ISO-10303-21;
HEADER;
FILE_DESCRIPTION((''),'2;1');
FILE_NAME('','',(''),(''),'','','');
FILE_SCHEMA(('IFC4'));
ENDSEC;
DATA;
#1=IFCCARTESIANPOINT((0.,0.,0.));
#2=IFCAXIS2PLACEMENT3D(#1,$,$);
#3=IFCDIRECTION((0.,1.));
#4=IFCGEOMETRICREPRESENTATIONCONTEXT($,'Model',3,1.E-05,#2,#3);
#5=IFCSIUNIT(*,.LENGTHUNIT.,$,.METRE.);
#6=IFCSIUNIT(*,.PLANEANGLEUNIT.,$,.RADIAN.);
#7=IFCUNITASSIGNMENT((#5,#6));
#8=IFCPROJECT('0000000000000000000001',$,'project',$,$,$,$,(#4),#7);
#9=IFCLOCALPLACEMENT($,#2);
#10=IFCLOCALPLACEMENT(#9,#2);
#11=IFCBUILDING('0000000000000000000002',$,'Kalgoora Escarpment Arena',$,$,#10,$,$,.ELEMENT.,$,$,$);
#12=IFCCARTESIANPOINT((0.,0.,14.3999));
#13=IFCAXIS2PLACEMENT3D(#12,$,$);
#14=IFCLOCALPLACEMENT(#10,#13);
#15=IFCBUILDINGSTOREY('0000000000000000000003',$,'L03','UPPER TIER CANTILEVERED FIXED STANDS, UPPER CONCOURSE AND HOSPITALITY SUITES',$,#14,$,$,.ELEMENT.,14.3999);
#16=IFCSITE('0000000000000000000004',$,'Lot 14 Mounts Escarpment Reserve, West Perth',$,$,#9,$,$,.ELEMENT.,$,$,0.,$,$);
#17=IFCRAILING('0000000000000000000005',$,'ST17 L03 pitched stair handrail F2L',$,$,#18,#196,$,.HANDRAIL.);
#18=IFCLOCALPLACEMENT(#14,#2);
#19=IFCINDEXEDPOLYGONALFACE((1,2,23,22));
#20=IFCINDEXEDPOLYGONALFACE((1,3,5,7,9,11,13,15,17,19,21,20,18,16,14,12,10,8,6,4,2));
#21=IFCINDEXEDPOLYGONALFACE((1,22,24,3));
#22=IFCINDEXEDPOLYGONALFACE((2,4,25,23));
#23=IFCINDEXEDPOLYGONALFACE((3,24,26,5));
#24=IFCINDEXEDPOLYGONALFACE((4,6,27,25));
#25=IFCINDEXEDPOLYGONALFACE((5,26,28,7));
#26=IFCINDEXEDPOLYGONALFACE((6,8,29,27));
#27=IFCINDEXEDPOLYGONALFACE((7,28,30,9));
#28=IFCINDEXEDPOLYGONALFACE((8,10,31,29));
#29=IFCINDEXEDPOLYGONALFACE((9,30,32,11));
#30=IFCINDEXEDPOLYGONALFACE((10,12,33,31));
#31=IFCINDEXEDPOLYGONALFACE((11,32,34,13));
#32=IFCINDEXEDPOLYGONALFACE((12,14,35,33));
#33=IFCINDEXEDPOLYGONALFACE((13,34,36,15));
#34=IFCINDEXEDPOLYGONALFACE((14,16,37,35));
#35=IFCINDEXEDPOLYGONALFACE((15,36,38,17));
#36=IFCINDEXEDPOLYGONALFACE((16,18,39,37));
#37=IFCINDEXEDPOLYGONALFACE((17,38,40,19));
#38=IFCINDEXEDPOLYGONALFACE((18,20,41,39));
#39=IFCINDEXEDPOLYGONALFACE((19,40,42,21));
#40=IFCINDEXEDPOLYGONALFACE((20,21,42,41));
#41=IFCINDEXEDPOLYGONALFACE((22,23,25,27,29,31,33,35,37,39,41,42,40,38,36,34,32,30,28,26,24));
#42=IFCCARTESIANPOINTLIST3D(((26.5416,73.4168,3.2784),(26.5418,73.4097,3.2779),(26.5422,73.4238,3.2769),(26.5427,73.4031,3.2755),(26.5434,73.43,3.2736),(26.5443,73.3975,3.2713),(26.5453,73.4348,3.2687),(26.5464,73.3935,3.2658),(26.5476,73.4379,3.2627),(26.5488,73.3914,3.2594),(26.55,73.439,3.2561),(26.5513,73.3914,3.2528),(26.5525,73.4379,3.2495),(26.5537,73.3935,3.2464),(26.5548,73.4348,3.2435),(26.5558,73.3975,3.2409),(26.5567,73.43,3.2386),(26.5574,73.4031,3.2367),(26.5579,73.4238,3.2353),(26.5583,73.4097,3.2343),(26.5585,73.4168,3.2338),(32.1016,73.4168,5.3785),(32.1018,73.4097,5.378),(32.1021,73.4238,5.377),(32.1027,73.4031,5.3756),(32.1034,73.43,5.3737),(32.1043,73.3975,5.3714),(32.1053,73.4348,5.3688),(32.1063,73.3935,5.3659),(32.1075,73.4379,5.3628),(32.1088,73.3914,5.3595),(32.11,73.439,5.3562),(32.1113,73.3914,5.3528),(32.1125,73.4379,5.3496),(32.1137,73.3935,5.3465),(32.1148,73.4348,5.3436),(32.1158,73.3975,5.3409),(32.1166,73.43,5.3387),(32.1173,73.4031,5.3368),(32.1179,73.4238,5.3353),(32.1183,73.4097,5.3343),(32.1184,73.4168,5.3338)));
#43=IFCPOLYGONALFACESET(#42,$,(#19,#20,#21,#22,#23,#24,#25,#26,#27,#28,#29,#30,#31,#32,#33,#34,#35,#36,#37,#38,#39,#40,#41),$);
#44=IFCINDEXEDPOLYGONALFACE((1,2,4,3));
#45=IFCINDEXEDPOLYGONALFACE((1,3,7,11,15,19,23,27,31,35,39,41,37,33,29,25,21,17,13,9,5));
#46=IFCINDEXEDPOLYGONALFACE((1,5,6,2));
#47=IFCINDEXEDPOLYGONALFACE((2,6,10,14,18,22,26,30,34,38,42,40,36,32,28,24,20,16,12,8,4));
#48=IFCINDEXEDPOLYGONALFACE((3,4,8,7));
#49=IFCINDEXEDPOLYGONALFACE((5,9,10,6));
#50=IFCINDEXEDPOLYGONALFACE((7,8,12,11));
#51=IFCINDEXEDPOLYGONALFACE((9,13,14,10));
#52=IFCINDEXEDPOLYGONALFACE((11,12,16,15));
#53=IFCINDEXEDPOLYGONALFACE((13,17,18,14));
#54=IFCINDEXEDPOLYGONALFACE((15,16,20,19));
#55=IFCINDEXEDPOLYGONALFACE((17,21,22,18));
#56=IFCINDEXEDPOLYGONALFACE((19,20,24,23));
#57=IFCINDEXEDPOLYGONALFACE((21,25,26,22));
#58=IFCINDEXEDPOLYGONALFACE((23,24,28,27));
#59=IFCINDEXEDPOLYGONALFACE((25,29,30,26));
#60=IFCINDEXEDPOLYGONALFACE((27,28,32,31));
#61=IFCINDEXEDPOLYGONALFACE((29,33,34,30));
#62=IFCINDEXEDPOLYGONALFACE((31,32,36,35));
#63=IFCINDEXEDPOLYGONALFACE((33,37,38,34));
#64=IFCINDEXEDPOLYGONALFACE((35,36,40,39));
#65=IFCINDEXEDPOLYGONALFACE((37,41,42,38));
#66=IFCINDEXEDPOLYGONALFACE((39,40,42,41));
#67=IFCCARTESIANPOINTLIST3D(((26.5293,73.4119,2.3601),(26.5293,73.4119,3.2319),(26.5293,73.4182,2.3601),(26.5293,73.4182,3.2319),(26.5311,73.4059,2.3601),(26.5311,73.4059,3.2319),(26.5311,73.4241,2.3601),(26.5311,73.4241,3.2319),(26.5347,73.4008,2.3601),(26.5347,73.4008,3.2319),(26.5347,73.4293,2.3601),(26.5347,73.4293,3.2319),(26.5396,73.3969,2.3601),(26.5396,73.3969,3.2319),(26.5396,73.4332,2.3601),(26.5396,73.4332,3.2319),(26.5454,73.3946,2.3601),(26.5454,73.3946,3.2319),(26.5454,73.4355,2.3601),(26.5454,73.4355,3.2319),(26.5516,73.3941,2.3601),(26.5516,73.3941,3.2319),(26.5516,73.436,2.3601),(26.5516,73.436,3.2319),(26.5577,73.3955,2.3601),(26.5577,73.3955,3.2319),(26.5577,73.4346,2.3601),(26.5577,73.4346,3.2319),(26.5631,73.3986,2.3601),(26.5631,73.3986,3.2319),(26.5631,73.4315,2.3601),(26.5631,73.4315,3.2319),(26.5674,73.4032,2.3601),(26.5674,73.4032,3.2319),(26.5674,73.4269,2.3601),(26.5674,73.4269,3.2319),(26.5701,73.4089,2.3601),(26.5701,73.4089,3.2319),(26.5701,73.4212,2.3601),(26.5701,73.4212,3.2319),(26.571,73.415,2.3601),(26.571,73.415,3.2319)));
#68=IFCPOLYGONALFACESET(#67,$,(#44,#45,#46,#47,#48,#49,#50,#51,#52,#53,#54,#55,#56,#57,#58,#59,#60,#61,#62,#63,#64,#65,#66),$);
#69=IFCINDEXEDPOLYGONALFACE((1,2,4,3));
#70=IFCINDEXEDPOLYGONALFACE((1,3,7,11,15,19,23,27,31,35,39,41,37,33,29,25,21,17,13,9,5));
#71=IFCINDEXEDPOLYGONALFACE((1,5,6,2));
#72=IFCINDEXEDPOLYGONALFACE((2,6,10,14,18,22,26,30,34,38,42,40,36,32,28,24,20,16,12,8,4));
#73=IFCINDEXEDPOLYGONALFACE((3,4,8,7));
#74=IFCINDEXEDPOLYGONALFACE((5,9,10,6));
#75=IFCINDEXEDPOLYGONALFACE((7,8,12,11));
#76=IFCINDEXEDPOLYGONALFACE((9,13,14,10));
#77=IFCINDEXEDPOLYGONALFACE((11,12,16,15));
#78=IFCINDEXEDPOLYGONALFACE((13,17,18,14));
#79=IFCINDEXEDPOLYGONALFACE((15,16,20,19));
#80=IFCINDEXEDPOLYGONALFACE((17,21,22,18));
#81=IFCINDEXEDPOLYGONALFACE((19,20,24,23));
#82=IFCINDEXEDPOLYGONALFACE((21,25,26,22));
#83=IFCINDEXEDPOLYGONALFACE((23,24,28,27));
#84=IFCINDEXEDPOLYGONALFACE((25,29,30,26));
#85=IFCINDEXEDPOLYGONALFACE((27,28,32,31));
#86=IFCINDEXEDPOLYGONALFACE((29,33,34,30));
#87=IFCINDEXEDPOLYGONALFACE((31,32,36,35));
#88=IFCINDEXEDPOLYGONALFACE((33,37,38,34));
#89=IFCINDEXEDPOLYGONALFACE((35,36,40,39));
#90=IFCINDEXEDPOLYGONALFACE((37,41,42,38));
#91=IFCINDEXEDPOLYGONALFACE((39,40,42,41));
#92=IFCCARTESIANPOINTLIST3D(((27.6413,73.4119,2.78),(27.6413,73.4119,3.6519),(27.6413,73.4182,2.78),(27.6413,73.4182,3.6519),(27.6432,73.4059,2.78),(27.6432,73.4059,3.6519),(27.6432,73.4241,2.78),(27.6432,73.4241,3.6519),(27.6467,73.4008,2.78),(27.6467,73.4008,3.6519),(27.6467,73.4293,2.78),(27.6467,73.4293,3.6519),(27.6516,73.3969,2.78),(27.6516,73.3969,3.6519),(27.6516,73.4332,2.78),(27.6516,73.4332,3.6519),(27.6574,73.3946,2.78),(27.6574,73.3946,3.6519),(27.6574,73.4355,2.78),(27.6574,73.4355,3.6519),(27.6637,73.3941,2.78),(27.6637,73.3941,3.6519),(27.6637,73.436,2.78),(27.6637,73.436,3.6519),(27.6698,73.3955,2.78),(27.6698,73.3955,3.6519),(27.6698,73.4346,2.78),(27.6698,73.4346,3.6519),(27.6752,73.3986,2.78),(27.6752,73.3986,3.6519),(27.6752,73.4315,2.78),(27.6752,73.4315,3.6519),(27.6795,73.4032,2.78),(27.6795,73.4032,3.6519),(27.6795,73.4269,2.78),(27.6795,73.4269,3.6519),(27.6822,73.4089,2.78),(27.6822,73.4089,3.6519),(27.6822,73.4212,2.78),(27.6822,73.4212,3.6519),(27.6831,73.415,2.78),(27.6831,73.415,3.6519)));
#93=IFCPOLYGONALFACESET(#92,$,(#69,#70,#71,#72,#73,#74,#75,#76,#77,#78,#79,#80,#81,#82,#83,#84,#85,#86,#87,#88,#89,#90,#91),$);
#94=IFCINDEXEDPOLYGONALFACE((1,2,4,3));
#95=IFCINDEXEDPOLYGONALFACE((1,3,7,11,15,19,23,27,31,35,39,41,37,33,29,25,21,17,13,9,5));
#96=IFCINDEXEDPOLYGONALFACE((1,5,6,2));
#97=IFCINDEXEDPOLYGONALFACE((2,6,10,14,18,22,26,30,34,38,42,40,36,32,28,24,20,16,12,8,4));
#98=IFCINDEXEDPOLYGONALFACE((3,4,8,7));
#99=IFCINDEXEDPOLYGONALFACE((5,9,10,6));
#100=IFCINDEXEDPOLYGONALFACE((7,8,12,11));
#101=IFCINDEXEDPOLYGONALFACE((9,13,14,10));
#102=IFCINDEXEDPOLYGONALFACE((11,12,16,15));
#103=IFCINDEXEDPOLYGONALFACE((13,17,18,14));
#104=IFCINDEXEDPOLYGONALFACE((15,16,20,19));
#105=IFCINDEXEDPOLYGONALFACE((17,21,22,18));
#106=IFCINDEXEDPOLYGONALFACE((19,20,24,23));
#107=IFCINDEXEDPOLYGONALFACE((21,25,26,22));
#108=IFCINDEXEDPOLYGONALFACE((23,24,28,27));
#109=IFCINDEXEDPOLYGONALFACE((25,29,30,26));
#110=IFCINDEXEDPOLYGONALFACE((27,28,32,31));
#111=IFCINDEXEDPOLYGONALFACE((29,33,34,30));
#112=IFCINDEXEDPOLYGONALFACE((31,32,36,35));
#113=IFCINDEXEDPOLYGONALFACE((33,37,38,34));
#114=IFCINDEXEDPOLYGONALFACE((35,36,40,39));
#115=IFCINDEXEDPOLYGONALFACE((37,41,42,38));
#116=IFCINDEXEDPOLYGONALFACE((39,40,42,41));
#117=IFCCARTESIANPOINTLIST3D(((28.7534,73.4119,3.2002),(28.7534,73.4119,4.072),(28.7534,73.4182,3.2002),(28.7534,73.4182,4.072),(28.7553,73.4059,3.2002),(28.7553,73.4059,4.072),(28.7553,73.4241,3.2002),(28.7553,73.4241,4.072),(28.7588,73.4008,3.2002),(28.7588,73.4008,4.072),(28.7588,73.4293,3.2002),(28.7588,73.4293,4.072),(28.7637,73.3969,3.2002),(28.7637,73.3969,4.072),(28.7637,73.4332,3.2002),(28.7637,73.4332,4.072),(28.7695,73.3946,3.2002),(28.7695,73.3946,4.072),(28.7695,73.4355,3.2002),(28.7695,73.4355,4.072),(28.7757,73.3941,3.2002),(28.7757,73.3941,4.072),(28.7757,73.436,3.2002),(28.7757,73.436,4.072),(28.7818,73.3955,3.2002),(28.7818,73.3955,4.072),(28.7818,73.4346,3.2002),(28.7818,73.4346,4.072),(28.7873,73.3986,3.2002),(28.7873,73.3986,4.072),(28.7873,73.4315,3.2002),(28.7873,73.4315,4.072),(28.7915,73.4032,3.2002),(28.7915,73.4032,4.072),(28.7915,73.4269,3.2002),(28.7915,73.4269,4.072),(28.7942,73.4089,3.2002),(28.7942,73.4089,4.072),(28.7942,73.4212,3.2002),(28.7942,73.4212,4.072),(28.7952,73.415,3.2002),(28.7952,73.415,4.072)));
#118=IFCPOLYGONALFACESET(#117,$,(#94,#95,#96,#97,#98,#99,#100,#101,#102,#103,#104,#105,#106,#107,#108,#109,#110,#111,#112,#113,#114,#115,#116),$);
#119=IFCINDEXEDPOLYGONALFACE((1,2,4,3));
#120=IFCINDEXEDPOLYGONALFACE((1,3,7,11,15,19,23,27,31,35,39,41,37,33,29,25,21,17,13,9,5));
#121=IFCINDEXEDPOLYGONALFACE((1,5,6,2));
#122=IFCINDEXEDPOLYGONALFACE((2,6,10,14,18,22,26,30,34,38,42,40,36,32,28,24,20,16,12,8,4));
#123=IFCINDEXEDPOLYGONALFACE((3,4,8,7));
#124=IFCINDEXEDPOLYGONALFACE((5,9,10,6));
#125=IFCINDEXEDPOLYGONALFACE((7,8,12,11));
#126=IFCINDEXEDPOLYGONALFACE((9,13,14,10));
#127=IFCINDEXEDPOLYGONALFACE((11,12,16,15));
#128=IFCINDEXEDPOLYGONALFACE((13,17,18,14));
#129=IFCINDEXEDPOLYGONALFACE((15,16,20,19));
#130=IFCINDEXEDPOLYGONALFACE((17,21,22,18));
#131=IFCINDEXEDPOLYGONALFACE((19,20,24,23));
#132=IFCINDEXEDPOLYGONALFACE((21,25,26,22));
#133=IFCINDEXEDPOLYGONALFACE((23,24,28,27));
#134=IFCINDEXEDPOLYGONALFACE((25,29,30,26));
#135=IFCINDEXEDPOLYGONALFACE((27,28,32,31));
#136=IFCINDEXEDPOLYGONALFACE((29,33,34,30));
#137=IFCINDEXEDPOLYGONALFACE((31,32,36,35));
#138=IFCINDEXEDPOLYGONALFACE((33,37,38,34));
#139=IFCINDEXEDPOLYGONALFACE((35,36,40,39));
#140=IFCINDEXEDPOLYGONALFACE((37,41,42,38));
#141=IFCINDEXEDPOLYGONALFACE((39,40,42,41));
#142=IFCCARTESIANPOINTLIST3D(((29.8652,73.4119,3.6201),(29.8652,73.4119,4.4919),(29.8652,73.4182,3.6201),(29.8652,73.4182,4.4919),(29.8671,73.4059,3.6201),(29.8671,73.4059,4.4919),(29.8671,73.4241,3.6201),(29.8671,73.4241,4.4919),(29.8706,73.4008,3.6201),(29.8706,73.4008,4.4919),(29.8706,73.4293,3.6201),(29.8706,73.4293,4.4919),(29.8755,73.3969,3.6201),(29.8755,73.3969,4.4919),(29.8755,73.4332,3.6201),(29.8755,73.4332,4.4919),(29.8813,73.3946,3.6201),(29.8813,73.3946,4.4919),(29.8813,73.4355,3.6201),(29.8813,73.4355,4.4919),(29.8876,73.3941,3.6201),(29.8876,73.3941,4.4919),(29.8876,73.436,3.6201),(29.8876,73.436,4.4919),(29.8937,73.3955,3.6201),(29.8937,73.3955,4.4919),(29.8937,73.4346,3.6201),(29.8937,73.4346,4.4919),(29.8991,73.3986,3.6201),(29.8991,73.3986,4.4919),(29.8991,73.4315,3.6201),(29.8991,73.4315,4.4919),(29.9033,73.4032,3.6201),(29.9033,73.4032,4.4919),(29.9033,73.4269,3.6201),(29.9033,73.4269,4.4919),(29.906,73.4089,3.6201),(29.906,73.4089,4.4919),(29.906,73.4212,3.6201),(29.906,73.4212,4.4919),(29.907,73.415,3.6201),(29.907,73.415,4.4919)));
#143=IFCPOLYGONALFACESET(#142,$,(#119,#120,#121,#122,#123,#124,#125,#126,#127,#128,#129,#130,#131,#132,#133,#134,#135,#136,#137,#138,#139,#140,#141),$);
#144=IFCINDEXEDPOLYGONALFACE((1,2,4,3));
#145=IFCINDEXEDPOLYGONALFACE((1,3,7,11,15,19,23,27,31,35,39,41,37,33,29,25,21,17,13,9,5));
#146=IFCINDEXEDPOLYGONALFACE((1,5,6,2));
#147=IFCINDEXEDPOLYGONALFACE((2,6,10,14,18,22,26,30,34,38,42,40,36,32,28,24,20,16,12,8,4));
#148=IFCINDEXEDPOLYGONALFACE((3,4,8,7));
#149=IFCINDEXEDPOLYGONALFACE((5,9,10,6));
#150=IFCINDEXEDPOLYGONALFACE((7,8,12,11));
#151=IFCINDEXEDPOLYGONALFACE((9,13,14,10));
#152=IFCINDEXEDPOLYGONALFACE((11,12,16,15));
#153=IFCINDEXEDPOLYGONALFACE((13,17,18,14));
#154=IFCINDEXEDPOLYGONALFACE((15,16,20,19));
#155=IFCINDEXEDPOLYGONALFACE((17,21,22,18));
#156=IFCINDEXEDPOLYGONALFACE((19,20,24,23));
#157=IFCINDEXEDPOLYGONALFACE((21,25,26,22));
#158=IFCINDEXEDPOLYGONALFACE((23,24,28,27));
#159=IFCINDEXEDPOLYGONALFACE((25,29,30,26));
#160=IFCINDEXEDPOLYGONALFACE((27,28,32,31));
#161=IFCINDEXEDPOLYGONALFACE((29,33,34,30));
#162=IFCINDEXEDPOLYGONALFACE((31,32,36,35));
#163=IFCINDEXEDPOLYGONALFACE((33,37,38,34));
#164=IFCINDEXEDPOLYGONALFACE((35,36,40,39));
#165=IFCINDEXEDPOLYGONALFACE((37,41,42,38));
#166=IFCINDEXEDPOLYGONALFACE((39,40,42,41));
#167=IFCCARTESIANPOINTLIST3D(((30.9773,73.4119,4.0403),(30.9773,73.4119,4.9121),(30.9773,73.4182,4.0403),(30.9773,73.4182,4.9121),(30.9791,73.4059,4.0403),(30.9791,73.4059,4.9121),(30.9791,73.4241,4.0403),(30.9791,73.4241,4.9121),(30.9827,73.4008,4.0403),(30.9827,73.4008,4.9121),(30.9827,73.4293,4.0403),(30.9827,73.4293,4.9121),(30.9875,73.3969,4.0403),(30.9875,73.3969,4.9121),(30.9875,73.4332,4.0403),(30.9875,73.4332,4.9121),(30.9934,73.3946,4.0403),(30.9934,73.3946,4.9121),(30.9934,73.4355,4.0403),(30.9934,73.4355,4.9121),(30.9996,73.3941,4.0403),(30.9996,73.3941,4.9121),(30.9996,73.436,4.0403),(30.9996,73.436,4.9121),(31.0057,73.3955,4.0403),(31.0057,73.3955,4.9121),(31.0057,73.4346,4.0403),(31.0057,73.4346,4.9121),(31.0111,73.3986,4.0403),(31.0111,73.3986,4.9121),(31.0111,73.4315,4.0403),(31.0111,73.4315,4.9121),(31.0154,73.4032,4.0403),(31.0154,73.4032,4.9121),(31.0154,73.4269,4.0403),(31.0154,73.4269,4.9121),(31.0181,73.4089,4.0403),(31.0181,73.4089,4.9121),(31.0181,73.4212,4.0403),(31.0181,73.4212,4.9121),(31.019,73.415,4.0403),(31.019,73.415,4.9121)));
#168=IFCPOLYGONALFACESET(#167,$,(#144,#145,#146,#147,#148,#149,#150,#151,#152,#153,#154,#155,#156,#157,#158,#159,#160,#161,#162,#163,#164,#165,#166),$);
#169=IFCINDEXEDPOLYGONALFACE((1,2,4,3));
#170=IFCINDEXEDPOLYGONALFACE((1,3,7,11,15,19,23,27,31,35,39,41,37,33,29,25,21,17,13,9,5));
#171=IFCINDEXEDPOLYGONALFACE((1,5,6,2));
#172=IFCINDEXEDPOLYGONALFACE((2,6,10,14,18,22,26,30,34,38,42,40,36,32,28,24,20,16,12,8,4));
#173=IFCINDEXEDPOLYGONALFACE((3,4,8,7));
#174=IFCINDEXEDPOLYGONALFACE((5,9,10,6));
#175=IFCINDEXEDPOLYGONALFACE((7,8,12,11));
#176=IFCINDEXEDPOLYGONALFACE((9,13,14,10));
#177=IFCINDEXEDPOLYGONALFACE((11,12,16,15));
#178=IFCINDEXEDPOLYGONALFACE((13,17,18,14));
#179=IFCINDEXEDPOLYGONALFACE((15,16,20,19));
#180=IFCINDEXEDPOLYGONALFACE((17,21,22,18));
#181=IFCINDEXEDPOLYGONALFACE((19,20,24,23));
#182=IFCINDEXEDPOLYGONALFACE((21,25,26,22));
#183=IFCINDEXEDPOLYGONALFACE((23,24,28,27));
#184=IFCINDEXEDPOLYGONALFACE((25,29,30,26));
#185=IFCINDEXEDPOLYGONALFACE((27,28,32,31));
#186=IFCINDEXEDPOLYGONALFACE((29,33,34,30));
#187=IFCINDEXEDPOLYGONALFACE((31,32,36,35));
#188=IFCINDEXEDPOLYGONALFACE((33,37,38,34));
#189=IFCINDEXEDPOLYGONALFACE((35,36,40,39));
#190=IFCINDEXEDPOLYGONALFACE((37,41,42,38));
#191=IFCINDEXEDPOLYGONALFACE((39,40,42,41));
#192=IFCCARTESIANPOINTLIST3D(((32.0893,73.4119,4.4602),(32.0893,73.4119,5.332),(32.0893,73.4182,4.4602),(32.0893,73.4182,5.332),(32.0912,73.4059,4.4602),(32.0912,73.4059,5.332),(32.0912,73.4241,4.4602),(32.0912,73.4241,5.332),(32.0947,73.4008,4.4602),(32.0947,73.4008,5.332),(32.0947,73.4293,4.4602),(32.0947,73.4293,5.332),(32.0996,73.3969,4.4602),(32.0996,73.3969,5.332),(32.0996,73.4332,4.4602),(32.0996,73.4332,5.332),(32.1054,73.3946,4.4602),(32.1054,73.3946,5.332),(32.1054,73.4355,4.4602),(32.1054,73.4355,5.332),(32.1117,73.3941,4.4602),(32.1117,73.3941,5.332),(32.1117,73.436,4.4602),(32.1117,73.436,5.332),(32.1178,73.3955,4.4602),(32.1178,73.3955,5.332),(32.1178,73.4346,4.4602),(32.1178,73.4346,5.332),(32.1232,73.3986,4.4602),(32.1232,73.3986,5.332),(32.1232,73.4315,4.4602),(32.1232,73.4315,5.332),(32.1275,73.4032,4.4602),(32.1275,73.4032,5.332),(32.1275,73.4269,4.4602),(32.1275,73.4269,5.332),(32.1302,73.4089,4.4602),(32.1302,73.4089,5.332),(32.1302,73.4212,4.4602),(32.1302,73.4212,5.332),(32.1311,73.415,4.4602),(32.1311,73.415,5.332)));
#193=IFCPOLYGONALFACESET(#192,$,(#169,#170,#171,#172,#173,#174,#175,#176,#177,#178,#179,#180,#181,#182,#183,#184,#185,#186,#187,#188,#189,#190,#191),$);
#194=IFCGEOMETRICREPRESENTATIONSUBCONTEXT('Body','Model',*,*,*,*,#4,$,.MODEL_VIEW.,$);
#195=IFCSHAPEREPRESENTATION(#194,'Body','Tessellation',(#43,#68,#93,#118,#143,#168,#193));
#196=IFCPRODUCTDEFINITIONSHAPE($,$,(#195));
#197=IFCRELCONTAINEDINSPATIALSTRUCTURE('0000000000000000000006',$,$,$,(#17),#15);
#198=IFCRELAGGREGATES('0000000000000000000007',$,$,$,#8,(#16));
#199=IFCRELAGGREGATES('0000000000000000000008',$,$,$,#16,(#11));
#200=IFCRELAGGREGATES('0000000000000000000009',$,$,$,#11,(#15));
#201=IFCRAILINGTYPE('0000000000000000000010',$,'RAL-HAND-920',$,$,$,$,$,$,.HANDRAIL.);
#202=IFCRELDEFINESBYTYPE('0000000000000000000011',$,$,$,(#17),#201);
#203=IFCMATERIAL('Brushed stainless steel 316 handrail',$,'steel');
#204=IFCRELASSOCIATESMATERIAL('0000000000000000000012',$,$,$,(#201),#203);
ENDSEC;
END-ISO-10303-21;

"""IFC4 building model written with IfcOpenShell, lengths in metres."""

from ifc_helpers import new_model, si_unit, direction, frame, origin, origin_2d, place, context, subcontext, project, spatial, circle, extrude, material, type_object, element, save


model = new_model("IFC4")

# Units and contexts
model_context = context("Model", 3, precision=1e-05, world=origin(), true_north=direction((0.0, 1.0)))
body_context = subcontext(model_context, "Body", "Model", "MODEL_VIEW")
ifc_project = project(units=[si_unit("LENGTHUNIT", "METRE"), si_unit("PLANEANGLEUNIT", "RADIAN")], contexts=[model_context])

# Site, building, storey
site_placement = place(None, origin())
site = spatial("IfcSite", under=ifc_project, at=site_placement, Name="Lot 14 Mounts Escarpment Reserve, West Perth", CompositionType="ELEMENT", RefElevation=0.0)
building_placement = place(site_placement, origin())
building = spatial("IfcBuilding", under=site, at=building_placement, Name="Kalgoora Escarpment Arena", CompositionType="ELEMENT")
storey_placement = place(building_placement, frame((0.0, 0.0, 14.3999)))
storey = spatial("IfcBuildingStorey", under=building, at=storey_placement, Name="L03", Description="UPPER TIER CANTILEVERED FIXED STANDS, UPPER CONCOURSE AND HOSPITALITY SUITES", CompositionType="ELEMENT", Elevation=14.3999)

# Railing
ifc_material_1 = material(Name="Brushed stainless steel 316 handrail", Category="steel")
railing_type_1 = type_object("IfcRailingType", Name="RAL-HAND-920", PredefinedType="HANDRAIL", material=ifc_material_1)
for number, where, name in (
    (1, (26.55, 73.415, 2.3601), "ST17 L03 pitched stair handrail F2L"),
):
    element("IfcRailing", number, at=place(storey_placement, frame(where)), inside=storey, type_object=railing_type_1, Name=name, PredefinedType="HANDRAIL", context=body_context, shape_type="SweptSolid", body=[
        extrude(circle(Radius=0.0239, at=origin_2d()), frame((0.0, 0.0, 0.896), z_axis=(0.935493, 0.0, 0.353346), x_axis=(0.0, 1.0, 0.0)), (0.0, 0.0, 1.0), 5.9434),
        extrude(circle(Radius=0.021, at=origin_2d()), origin(), (0.0, 0.0, 1.0), 0.8718),
        extrude(circle(Radius=0.021, at=origin_2d()), frame((1.1121, 0.0, 0.4199)), (0.0, 0.0, 1.0), 0.8718),
        extrude(circle(Radius=0.021, at=origin_2d()), frame((2.2241, 0.0, 0.8401)), (0.0, 0.0, 1.0), 0.8718),
        extrude(circle(Radius=0.021, at=origin_2d()), frame((3.3359, 0.0, 1.26)), (0.0, 0.0, 1.0), 0.8718),
        extrude(circle(Radius=0.021, at=origin_2d()), frame((4.448, 0.0, 1.6802)), (0.0, 0.0, 1.0), 0.8718),
        extrude(circle(Radius=0.021, at=origin_2d()), frame((5.5601, 0.0, 2.1001)), (0.0, 0.0, 1.0), 0.8718),
    ])

save(model, "model.ifc")
